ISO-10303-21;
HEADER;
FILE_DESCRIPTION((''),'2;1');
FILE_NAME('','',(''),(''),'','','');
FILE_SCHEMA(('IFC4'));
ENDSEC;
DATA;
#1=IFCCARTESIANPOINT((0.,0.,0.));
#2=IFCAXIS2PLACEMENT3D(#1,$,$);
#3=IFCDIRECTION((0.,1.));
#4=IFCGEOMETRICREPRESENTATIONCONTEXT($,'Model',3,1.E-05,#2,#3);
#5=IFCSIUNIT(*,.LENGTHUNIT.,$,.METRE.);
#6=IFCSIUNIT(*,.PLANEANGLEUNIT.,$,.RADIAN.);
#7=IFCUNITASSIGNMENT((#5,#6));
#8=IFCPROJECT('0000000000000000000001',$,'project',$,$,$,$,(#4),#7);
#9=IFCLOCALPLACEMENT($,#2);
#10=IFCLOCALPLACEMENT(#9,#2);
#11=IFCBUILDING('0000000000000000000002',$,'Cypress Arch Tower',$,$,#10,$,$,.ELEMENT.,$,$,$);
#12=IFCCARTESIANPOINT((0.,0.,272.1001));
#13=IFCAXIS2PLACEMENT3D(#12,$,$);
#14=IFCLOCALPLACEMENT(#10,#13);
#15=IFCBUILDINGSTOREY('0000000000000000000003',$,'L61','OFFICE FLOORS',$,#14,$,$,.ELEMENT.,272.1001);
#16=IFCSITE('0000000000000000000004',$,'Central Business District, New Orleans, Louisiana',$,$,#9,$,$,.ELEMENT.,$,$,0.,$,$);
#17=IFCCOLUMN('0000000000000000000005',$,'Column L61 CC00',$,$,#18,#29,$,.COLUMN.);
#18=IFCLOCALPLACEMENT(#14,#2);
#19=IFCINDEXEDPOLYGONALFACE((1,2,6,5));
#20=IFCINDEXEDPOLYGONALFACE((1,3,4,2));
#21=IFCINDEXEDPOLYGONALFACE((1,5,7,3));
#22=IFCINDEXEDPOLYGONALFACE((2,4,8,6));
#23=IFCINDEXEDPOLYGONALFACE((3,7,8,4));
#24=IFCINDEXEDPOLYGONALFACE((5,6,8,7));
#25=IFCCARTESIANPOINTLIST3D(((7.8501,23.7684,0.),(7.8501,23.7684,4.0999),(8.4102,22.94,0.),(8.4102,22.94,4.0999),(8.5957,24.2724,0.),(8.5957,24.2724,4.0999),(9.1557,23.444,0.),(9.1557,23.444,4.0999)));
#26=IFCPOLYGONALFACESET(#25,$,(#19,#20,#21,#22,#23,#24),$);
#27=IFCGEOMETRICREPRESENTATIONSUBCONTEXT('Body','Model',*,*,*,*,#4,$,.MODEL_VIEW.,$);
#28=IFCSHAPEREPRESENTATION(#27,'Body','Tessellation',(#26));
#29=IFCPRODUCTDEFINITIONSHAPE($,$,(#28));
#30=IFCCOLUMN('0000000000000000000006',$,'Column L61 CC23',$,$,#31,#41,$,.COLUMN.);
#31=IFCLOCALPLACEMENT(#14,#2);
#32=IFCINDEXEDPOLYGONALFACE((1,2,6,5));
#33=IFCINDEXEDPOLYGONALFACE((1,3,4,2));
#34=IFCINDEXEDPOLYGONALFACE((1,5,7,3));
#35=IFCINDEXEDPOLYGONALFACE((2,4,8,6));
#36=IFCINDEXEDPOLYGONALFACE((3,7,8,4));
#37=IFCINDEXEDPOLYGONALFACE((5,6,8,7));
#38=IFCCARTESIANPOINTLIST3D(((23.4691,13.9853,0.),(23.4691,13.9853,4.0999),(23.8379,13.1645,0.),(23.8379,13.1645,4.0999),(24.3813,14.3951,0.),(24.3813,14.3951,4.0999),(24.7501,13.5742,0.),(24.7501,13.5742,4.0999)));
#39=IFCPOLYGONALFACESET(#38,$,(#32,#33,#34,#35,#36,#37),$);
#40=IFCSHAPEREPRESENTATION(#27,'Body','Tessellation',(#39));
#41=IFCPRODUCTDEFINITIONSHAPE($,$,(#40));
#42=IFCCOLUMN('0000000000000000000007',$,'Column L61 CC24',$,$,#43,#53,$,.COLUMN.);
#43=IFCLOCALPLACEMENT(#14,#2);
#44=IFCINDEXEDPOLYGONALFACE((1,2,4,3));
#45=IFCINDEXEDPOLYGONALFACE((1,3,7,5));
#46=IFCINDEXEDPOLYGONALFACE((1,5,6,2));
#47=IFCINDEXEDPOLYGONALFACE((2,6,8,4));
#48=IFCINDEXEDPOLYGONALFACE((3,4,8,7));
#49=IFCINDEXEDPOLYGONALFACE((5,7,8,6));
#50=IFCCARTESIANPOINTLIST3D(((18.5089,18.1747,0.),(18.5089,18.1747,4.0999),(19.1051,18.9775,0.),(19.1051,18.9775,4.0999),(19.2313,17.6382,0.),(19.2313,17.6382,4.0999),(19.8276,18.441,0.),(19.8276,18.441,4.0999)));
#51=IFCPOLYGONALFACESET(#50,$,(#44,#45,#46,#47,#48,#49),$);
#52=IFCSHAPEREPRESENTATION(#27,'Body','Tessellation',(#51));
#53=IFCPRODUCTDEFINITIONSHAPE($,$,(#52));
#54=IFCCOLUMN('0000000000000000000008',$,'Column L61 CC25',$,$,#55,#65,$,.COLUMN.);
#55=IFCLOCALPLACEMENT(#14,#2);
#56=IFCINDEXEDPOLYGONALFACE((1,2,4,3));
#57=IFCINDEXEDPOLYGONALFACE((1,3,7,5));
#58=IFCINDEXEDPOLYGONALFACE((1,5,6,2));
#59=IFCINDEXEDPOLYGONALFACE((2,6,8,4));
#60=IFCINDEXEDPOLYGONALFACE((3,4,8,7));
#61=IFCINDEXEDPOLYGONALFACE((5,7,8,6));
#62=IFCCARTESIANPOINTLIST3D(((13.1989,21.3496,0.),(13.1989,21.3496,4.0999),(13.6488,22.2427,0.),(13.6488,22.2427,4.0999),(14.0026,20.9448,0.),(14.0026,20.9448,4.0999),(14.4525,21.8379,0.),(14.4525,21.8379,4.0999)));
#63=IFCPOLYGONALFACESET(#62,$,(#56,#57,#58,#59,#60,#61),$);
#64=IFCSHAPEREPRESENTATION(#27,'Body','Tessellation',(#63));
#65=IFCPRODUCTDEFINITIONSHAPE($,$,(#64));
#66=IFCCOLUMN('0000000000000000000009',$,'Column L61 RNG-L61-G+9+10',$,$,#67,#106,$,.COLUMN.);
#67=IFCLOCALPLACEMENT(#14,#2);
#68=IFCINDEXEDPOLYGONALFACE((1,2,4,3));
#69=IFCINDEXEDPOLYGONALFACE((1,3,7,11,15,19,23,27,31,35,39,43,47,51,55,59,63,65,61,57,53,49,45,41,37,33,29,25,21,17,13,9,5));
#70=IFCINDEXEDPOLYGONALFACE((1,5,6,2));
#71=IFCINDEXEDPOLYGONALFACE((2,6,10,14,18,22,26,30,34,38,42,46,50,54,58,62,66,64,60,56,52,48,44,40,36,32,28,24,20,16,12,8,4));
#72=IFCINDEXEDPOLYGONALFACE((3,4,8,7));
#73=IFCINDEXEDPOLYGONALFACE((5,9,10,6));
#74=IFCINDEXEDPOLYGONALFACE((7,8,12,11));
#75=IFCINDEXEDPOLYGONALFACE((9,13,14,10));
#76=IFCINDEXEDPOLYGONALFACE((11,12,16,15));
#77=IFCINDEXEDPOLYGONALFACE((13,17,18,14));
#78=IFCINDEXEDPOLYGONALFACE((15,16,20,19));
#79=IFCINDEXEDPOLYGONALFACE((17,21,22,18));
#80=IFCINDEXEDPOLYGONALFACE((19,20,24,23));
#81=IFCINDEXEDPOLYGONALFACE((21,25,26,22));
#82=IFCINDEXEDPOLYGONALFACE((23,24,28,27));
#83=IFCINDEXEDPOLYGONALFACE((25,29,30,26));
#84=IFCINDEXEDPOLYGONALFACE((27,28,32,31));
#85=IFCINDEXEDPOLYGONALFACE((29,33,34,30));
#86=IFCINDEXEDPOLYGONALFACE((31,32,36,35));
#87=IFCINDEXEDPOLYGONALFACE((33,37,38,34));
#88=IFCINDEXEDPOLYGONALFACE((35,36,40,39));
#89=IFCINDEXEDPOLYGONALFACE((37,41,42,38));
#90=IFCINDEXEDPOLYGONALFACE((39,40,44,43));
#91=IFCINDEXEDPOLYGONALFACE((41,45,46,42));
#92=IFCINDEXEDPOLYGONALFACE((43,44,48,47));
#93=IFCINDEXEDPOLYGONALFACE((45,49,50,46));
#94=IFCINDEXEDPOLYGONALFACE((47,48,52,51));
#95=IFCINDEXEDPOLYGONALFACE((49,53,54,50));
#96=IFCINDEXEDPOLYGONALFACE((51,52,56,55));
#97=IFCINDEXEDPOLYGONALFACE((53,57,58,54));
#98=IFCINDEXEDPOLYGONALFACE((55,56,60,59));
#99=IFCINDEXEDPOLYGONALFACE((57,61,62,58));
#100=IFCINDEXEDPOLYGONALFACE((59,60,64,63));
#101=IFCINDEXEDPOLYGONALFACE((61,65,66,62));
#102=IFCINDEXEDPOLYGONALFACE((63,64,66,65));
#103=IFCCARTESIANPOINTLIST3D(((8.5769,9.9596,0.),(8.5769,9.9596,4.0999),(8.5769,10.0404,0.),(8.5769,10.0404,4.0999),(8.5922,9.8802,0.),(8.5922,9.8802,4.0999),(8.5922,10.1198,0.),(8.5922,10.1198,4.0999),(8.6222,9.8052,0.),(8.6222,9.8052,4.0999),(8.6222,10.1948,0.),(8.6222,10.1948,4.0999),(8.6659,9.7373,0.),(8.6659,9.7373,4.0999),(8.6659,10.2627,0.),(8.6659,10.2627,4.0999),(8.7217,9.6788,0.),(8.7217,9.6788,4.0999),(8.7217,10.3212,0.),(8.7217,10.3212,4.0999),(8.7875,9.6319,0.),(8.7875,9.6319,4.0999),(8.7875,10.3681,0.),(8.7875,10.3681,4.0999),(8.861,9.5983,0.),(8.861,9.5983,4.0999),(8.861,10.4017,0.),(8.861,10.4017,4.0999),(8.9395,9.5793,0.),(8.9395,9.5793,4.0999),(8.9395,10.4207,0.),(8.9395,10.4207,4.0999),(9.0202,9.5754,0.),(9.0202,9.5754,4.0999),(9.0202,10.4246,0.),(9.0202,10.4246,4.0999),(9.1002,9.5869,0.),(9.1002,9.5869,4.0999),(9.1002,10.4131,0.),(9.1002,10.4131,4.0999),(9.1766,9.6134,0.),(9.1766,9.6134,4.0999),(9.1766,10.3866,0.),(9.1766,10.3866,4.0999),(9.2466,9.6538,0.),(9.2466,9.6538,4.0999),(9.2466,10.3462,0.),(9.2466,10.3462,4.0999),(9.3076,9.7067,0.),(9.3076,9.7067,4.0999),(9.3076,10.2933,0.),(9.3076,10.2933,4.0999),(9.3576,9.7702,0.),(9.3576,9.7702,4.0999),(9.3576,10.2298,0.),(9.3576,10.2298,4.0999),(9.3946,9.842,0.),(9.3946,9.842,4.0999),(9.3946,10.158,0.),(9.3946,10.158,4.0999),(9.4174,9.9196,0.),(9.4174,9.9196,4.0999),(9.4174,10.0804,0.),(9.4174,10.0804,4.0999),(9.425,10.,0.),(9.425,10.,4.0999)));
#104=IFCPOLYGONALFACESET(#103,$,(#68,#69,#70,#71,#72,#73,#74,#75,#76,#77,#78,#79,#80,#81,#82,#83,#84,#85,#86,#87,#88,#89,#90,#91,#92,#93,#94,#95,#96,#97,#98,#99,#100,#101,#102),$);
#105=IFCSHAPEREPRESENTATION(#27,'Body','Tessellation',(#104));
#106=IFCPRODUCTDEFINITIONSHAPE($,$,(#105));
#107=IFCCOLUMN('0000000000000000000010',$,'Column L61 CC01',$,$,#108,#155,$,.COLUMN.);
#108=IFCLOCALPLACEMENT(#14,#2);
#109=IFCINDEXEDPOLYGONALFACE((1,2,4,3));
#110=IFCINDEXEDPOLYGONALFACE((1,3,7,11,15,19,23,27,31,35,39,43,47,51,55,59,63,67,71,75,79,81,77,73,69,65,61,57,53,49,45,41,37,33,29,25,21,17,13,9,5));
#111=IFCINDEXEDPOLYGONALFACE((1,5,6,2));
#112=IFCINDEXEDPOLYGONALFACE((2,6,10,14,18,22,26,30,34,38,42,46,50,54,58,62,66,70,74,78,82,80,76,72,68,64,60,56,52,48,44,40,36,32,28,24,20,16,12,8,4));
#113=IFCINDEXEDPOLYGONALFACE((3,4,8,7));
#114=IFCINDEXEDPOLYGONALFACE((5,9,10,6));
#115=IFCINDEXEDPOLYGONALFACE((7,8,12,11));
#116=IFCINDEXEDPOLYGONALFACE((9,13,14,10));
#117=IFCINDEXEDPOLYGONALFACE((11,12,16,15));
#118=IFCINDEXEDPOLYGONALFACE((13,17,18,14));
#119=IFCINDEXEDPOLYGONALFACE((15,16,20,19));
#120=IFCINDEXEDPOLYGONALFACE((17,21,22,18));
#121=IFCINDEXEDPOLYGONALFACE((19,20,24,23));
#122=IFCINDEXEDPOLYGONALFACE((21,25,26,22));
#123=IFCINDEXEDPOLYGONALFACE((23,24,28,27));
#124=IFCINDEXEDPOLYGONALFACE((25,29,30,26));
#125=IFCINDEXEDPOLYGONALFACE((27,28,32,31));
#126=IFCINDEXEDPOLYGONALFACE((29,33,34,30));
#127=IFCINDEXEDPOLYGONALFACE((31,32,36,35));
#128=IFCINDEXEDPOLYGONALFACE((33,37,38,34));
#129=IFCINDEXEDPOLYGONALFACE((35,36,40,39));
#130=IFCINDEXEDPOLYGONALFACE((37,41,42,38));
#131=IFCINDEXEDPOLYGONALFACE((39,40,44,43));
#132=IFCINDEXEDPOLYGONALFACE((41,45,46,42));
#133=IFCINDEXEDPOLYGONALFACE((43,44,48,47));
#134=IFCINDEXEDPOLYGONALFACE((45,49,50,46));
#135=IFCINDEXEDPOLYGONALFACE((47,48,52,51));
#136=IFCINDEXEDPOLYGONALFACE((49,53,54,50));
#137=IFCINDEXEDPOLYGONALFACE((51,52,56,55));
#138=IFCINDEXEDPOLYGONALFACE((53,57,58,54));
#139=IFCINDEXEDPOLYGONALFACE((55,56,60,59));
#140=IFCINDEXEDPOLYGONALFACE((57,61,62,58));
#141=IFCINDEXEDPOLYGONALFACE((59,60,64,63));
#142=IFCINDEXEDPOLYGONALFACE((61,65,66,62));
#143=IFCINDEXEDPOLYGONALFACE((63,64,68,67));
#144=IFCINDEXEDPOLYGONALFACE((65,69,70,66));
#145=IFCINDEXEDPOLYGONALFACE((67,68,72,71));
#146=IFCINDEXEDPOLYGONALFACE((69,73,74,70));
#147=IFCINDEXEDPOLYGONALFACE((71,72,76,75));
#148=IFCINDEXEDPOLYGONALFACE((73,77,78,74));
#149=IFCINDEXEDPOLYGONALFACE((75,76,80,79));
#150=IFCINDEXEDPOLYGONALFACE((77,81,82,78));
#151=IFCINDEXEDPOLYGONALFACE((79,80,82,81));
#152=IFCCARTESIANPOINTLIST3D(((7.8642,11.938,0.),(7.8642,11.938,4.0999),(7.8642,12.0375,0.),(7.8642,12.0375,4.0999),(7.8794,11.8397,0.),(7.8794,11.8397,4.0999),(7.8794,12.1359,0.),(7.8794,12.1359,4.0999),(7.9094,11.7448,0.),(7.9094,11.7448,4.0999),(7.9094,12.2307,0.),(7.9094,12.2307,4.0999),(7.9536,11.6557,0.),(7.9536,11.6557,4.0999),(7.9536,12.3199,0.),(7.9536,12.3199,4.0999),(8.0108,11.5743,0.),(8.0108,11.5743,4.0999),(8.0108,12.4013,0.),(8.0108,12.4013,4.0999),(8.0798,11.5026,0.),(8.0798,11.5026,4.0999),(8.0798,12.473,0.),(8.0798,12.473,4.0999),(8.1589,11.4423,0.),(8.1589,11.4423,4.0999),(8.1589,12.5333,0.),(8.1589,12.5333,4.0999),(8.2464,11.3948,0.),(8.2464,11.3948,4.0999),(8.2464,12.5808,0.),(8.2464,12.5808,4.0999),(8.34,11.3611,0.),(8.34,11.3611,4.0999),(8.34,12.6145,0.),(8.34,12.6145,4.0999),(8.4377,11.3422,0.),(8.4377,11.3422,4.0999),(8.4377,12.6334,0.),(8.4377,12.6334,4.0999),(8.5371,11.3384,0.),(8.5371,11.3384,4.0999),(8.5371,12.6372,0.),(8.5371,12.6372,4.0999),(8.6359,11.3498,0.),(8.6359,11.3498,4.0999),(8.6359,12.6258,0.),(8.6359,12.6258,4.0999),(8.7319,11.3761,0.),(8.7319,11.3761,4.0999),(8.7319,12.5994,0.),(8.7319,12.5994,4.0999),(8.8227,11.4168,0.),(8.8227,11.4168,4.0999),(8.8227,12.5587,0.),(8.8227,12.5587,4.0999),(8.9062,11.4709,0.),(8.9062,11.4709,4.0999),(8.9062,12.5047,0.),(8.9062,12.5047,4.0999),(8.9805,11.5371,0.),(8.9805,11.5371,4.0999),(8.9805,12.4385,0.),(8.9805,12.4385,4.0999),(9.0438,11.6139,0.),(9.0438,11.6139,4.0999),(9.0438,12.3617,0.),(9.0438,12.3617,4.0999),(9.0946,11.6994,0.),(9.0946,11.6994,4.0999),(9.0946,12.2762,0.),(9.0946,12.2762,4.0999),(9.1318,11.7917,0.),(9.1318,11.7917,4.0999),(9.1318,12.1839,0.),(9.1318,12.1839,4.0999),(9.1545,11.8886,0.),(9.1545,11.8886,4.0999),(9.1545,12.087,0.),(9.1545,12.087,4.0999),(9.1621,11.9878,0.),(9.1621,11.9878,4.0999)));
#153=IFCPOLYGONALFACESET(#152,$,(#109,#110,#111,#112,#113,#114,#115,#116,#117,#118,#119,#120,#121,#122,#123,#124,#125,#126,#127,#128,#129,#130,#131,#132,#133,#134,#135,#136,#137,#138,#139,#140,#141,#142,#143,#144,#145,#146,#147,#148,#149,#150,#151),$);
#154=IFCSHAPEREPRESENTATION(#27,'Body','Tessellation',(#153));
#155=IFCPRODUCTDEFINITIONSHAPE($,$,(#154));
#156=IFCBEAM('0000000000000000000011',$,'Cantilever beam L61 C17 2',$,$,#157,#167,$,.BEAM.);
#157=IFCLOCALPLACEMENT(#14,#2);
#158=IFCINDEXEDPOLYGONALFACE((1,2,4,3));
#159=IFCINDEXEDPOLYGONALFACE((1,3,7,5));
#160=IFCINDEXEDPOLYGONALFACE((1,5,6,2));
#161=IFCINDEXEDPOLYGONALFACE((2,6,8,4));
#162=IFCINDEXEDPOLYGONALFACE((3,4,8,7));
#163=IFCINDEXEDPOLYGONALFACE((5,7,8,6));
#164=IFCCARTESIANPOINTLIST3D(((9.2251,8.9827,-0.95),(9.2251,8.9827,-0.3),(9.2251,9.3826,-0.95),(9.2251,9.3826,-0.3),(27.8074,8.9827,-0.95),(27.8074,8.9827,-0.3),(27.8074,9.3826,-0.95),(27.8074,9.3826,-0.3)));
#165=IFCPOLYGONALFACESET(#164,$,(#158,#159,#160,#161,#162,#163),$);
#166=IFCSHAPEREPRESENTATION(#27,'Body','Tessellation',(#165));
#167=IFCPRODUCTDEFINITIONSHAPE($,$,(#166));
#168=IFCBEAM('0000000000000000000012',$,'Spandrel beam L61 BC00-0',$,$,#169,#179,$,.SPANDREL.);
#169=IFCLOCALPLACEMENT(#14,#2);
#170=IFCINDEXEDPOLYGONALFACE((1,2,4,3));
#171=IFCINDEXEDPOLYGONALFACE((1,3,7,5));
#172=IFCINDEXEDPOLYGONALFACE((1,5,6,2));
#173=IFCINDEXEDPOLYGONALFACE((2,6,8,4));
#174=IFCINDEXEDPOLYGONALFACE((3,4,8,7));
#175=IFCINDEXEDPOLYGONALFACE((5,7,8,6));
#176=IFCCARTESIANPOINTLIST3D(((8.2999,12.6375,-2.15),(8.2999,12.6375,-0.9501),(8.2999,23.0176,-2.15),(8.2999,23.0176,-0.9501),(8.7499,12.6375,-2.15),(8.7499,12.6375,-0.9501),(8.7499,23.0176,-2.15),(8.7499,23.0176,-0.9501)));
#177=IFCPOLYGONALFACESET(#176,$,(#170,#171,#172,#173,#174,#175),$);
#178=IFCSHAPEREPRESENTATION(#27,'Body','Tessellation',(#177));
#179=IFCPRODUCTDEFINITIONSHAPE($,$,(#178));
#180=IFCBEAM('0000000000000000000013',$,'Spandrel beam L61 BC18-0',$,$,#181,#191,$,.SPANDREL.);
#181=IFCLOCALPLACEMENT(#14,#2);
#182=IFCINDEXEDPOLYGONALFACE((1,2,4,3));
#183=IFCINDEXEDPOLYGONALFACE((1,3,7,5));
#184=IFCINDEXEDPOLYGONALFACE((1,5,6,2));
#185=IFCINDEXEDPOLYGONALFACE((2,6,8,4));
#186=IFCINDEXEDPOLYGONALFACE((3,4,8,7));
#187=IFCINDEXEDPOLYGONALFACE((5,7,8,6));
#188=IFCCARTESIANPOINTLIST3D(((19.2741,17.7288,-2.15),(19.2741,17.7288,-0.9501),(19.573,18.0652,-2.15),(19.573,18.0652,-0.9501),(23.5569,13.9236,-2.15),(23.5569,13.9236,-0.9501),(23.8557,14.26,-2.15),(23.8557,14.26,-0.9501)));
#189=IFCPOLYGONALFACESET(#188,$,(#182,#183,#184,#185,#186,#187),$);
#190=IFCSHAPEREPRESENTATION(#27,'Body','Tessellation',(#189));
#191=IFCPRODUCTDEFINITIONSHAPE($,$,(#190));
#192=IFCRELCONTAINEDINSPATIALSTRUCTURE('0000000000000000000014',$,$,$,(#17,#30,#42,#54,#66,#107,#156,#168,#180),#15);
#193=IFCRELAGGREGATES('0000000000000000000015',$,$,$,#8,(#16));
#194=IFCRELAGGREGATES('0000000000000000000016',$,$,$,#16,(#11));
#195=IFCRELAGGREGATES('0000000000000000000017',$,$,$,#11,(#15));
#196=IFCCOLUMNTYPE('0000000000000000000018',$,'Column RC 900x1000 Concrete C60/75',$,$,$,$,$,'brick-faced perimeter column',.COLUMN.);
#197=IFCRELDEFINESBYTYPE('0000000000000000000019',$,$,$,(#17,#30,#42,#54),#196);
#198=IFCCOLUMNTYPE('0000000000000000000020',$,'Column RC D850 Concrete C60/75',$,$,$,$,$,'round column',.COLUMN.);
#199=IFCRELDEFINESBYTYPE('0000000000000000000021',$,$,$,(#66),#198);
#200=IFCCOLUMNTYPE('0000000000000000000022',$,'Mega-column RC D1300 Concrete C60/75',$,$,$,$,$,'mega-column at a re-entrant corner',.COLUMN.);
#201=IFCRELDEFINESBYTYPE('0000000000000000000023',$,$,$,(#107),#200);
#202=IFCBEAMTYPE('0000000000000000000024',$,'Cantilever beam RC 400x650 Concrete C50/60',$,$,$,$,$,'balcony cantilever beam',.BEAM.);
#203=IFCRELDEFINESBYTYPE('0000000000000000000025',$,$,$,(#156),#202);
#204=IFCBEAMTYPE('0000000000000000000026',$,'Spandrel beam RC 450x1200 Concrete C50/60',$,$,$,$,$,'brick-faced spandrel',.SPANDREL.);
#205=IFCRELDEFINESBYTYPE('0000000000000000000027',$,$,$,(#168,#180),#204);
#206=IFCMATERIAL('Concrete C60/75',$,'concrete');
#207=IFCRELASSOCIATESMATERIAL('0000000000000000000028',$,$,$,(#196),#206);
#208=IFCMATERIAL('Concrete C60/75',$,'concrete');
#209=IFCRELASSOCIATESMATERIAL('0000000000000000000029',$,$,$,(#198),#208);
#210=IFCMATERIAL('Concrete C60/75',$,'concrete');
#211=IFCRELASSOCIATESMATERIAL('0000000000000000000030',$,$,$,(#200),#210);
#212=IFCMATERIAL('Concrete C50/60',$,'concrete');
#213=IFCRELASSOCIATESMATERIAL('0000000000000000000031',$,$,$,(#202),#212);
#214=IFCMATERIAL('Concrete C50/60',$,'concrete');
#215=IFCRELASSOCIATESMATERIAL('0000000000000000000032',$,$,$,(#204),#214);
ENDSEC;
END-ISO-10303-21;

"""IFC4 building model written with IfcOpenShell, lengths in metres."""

from ifc_helpers import new_model, si_unit, direction, frame, origin, origin_2d, place, context, subcontext, project, spatial, rectangle, circle, extrude, material, material_profile, profile_set, type_object, element, save


model = new_model("IFC4")

# Units and contexts
model_context = context("Model", 3, precision=1e-05, world=origin(), true_north=direction((0.0, 1.0)))
body_context = subcontext(model_context, "Body", "Model", "MODEL_VIEW")
ifc_project = project(units=[si_unit("LENGTHUNIT", "METRE"), si_unit("PLANEANGLEUNIT", "RADIAN")], contexts=[model_context])

# Site, building, storey
site_placement = place(None, origin())
site = spatial("IfcSite", under=ifc_project, at=site_placement, Name="Central Business District, New Orleans, Louisiana", CompositionType="ELEMENT", RefElevation=0.0)
building_placement = place(site_placement, origin())
building = spatial("IfcBuilding", under=site, at=building_placement, Name="Cypress Arch Tower", CompositionType="ELEMENT")
storey_placement = place(building_placement, frame((0.0, 0.0, 272.1001)))
storey = spatial("IfcBuildingStorey", under=building, at=storey_placement, Name="L61", Description="OFFICE FLOORS", CompositionType="ELEMENT", Elevation=272.1001)

# Columns
ifc_material_1 = material(Name="Concrete C60/75", Category="concrete")
ifc_material_profile_1 = material_profile(ifc_material_1, rectangle(XDim=0.8999, YDim=1.0, at=origin_2d()), Name="RC 900x1000")
ifc_profile_set_1 = profile_set([ifc_material_profile_1], Name="Concrete C60/75")
column_type_1 = type_object("IfcColumnType", Name="Column RC 900x1000 Concrete C60/75", ElementType="brick-faced perimeter column", PredefinedType="COLUMN", material=ifc_profile_set_1)
for number, where, z_axis, x_axis, name in (
    (1, (8.5029, 23.6062, 0.0), (0.0, 0.0, 1.0), (-0.82847, -0.560034, 0.0), "Column L61 CC00"),
    (2, (24.1096, 13.7798, 0.0), (0.0, 0.0, 1.0), (-0.409765, 0.912191, 0.0), "Column L61 CC23"),
    (3, (19.1682, 18.3079, 0.0), (0.0, 0.0, 1.0), (-0.802799, 0.59625, 0.0), "Column L61 CC24"),
    (4, (13.8257, 21.5938, 0.0), (0.0, 0.0, 1.0), (-0.893106, 0.449845, 0.0), "Column L61 CC25"),
):
    element("IfcColumn", number, at=place(storey_placement, frame(where, z_axis=z_axis, x_axis=x_axis)), inside=storey, type_object=column_type_1, Name=name, PredefinedType="COLUMN", context=body_context, shape_type="SweptSolid", body=[
        extrude(rectangle(XDim=0.8999, YDim=1.0, at=origin_2d()), origin(), (0.0, 0.0, 1.0), 4.0999),
    ])
ifc_material_2 = material(Name="Concrete C60/75", Category="concrete")
ifc_material_profile_2 = material_profile(ifc_material_2, circle(Radius=0.425, at=origin_2d()), Name="RC D850")
ifc_profile_set_2 = profile_set([ifc_material_profile_2], Name="Concrete C60/75")
column_type_2 = type_object("IfcColumnType", Name="Column RC D850 Concrete C60/75", ElementType="round column", PredefinedType="COLUMN", material=ifc_profile_set_2)
column_1_placement = place(storey_placement, frame((9.0, 10.0, 0.0), z_axis=(0.0, 0.0, 1.0), x_axis=(1.0, 0.0, 0.0)))
element("IfcColumn", 5, at=column_1_placement, inside=storey, type_object=column_type_2, Name="Column L61 RNG-L61-G+9+10", PredefinedType="COLUMN", context=body_context, shape_type="SweptSolid", body=[
    extrude(circle(Radius=0.425, at=origin_2d()), origin(), (0.0, 0.0, 1.0), 4.0999),
])
ifc_material_3 = material(Name="Concrete C60/75", Category="concrete")
ifc_material_profile_3 = material_profile(ifc_material_3, circle(Radius=0.6499, at=origin_2d()), Name="RC D1300")
ifc_profile_set_3 = profile_set([ifc_material_profile_3], Name="Concrete C60/75")
column_type_3 = type_object("IfcColumnType", Name="Mega-column RC D1300 Concrete C60/75", ElementType="mega-column at a re-entrant corner", PredefinedType="COLUMN", material=ifc_profile_set_3)
column_2_placement = place(storey_placement, frame((8.5122, 11.9878, 0.0), z_axis=(0.0, 0.0, 1.0), x_axis=(1.0, 0.0, 0.0)))
element("IfcColumn", 6, at=column_2_placement, inside=storey, type_object=column_type_3, Name="Column L61 CC01", PredefinedType="COLUMN", context=body_context, shape_type="SweptSolid", body=[
    extrude(circle(Radius=0.6499, at=origin_2d()), origin(), (0.0, 0.0, 1.0), 4.0999),
])

# Beams
ifc_material_4 = material(Name="Concrete C50/60", Category="concrete")
ifc_material_profile_4 = material_profile(ifc_material_4, rectangle(XDim=0.3999, YDim=0.6499, at=origin_2d()), Name="RC 400x650")
ifc_profile_set_4 = profile_set([ifc_material_profile_4], Name="Concrete C50/60")
beam_type_1 = type_object("IfcBeamType", Name="Cantilever beam RC 400x650 Concrete C50/60", ElementType="balcony cantilever beam", PredefinedType="BEAM", material=ifc_profile_set_4)
beam_1_placement = place(storey_placement, frame((9.2251, 9.1826, -0.625), z_axis=(1.0, 0.0, 0.0), x_axis=(0.0, 1.0, 0.0)))
element("IfcBeam", 7, at=beam_1_placement, inside=storey, type_object=beam_type_1, Name="Cantilever beam L61 C17 2", PredefinedType="BEAM", context=body_context, shape_type="SweptSolid", body=[
    extrude(rectangle(XDim=0.3999, YDim=0.6499, at=origin_2d()), origin(), (0.0, 0.0, 1.0), 18.5823),
])
ifc_material_5 = material(Name="Concrete C50/60", Category="concrete")
ifc_material_profile_5 = material_profile(ifc_material_5, rectangle(XDim=0.45, YDim=1.2, at=origin_2d()), Name="RC 450x1200")
ifc_profile_set_5 = profile_set([ifc_material_profile_5], Name="Concrete C50/60")
beam_type_2 = type_object("IfcBeamType", Name="Spandrel beam RC 450x1200 Concrete C50/60", ElementType="brick-faced spandrel", PredefinedType="SPANDREL", material=ifc_profile_set_5)
beam_2_placement = place(storey_placement, frame((8.5249, 23.0176, -1.55), z_axis=(0.0, -1.0, 0.0), x_axis=(1.0, 0.0, 0.0)))
element("IfcBeam", 8, at=beam_2_placement, inside=storey, type_object=beam_type_2, Name="Spandrel beam L61 BC00-0", PredefinedType="SPANDREL", context=body_context, shape_type="SweptSolid", body=[
    extrude(rectangle(XDim=0.45, YDim=1.2, at=origin_2d()), origin(), (0.0, 0.0, 1.0), 10.3801),
])
beam_3_placement = place(storey_placement, frame((23.7063, 14.0918, -1.55), z_axis=(-0.747555, 0.6642, 0.0), x_axis=(-0.6642, -0.747555, 0.0)))
element("IfcBeam", 9, at=beam_3_placement, inside=storey, type_object=beam_type_2, Name="Spandrel beam L61 BC18-0", PredefinedType="SPANDREL", context=body_context, shape_type="SweptSolid", body=[
    extrude(rectangle(XDim=0.45, YDim=1.2, at=origin_2d()), origin(), (0.0, 0.0, 1.0), 5.729),
])

save(model, "model.ifc")
